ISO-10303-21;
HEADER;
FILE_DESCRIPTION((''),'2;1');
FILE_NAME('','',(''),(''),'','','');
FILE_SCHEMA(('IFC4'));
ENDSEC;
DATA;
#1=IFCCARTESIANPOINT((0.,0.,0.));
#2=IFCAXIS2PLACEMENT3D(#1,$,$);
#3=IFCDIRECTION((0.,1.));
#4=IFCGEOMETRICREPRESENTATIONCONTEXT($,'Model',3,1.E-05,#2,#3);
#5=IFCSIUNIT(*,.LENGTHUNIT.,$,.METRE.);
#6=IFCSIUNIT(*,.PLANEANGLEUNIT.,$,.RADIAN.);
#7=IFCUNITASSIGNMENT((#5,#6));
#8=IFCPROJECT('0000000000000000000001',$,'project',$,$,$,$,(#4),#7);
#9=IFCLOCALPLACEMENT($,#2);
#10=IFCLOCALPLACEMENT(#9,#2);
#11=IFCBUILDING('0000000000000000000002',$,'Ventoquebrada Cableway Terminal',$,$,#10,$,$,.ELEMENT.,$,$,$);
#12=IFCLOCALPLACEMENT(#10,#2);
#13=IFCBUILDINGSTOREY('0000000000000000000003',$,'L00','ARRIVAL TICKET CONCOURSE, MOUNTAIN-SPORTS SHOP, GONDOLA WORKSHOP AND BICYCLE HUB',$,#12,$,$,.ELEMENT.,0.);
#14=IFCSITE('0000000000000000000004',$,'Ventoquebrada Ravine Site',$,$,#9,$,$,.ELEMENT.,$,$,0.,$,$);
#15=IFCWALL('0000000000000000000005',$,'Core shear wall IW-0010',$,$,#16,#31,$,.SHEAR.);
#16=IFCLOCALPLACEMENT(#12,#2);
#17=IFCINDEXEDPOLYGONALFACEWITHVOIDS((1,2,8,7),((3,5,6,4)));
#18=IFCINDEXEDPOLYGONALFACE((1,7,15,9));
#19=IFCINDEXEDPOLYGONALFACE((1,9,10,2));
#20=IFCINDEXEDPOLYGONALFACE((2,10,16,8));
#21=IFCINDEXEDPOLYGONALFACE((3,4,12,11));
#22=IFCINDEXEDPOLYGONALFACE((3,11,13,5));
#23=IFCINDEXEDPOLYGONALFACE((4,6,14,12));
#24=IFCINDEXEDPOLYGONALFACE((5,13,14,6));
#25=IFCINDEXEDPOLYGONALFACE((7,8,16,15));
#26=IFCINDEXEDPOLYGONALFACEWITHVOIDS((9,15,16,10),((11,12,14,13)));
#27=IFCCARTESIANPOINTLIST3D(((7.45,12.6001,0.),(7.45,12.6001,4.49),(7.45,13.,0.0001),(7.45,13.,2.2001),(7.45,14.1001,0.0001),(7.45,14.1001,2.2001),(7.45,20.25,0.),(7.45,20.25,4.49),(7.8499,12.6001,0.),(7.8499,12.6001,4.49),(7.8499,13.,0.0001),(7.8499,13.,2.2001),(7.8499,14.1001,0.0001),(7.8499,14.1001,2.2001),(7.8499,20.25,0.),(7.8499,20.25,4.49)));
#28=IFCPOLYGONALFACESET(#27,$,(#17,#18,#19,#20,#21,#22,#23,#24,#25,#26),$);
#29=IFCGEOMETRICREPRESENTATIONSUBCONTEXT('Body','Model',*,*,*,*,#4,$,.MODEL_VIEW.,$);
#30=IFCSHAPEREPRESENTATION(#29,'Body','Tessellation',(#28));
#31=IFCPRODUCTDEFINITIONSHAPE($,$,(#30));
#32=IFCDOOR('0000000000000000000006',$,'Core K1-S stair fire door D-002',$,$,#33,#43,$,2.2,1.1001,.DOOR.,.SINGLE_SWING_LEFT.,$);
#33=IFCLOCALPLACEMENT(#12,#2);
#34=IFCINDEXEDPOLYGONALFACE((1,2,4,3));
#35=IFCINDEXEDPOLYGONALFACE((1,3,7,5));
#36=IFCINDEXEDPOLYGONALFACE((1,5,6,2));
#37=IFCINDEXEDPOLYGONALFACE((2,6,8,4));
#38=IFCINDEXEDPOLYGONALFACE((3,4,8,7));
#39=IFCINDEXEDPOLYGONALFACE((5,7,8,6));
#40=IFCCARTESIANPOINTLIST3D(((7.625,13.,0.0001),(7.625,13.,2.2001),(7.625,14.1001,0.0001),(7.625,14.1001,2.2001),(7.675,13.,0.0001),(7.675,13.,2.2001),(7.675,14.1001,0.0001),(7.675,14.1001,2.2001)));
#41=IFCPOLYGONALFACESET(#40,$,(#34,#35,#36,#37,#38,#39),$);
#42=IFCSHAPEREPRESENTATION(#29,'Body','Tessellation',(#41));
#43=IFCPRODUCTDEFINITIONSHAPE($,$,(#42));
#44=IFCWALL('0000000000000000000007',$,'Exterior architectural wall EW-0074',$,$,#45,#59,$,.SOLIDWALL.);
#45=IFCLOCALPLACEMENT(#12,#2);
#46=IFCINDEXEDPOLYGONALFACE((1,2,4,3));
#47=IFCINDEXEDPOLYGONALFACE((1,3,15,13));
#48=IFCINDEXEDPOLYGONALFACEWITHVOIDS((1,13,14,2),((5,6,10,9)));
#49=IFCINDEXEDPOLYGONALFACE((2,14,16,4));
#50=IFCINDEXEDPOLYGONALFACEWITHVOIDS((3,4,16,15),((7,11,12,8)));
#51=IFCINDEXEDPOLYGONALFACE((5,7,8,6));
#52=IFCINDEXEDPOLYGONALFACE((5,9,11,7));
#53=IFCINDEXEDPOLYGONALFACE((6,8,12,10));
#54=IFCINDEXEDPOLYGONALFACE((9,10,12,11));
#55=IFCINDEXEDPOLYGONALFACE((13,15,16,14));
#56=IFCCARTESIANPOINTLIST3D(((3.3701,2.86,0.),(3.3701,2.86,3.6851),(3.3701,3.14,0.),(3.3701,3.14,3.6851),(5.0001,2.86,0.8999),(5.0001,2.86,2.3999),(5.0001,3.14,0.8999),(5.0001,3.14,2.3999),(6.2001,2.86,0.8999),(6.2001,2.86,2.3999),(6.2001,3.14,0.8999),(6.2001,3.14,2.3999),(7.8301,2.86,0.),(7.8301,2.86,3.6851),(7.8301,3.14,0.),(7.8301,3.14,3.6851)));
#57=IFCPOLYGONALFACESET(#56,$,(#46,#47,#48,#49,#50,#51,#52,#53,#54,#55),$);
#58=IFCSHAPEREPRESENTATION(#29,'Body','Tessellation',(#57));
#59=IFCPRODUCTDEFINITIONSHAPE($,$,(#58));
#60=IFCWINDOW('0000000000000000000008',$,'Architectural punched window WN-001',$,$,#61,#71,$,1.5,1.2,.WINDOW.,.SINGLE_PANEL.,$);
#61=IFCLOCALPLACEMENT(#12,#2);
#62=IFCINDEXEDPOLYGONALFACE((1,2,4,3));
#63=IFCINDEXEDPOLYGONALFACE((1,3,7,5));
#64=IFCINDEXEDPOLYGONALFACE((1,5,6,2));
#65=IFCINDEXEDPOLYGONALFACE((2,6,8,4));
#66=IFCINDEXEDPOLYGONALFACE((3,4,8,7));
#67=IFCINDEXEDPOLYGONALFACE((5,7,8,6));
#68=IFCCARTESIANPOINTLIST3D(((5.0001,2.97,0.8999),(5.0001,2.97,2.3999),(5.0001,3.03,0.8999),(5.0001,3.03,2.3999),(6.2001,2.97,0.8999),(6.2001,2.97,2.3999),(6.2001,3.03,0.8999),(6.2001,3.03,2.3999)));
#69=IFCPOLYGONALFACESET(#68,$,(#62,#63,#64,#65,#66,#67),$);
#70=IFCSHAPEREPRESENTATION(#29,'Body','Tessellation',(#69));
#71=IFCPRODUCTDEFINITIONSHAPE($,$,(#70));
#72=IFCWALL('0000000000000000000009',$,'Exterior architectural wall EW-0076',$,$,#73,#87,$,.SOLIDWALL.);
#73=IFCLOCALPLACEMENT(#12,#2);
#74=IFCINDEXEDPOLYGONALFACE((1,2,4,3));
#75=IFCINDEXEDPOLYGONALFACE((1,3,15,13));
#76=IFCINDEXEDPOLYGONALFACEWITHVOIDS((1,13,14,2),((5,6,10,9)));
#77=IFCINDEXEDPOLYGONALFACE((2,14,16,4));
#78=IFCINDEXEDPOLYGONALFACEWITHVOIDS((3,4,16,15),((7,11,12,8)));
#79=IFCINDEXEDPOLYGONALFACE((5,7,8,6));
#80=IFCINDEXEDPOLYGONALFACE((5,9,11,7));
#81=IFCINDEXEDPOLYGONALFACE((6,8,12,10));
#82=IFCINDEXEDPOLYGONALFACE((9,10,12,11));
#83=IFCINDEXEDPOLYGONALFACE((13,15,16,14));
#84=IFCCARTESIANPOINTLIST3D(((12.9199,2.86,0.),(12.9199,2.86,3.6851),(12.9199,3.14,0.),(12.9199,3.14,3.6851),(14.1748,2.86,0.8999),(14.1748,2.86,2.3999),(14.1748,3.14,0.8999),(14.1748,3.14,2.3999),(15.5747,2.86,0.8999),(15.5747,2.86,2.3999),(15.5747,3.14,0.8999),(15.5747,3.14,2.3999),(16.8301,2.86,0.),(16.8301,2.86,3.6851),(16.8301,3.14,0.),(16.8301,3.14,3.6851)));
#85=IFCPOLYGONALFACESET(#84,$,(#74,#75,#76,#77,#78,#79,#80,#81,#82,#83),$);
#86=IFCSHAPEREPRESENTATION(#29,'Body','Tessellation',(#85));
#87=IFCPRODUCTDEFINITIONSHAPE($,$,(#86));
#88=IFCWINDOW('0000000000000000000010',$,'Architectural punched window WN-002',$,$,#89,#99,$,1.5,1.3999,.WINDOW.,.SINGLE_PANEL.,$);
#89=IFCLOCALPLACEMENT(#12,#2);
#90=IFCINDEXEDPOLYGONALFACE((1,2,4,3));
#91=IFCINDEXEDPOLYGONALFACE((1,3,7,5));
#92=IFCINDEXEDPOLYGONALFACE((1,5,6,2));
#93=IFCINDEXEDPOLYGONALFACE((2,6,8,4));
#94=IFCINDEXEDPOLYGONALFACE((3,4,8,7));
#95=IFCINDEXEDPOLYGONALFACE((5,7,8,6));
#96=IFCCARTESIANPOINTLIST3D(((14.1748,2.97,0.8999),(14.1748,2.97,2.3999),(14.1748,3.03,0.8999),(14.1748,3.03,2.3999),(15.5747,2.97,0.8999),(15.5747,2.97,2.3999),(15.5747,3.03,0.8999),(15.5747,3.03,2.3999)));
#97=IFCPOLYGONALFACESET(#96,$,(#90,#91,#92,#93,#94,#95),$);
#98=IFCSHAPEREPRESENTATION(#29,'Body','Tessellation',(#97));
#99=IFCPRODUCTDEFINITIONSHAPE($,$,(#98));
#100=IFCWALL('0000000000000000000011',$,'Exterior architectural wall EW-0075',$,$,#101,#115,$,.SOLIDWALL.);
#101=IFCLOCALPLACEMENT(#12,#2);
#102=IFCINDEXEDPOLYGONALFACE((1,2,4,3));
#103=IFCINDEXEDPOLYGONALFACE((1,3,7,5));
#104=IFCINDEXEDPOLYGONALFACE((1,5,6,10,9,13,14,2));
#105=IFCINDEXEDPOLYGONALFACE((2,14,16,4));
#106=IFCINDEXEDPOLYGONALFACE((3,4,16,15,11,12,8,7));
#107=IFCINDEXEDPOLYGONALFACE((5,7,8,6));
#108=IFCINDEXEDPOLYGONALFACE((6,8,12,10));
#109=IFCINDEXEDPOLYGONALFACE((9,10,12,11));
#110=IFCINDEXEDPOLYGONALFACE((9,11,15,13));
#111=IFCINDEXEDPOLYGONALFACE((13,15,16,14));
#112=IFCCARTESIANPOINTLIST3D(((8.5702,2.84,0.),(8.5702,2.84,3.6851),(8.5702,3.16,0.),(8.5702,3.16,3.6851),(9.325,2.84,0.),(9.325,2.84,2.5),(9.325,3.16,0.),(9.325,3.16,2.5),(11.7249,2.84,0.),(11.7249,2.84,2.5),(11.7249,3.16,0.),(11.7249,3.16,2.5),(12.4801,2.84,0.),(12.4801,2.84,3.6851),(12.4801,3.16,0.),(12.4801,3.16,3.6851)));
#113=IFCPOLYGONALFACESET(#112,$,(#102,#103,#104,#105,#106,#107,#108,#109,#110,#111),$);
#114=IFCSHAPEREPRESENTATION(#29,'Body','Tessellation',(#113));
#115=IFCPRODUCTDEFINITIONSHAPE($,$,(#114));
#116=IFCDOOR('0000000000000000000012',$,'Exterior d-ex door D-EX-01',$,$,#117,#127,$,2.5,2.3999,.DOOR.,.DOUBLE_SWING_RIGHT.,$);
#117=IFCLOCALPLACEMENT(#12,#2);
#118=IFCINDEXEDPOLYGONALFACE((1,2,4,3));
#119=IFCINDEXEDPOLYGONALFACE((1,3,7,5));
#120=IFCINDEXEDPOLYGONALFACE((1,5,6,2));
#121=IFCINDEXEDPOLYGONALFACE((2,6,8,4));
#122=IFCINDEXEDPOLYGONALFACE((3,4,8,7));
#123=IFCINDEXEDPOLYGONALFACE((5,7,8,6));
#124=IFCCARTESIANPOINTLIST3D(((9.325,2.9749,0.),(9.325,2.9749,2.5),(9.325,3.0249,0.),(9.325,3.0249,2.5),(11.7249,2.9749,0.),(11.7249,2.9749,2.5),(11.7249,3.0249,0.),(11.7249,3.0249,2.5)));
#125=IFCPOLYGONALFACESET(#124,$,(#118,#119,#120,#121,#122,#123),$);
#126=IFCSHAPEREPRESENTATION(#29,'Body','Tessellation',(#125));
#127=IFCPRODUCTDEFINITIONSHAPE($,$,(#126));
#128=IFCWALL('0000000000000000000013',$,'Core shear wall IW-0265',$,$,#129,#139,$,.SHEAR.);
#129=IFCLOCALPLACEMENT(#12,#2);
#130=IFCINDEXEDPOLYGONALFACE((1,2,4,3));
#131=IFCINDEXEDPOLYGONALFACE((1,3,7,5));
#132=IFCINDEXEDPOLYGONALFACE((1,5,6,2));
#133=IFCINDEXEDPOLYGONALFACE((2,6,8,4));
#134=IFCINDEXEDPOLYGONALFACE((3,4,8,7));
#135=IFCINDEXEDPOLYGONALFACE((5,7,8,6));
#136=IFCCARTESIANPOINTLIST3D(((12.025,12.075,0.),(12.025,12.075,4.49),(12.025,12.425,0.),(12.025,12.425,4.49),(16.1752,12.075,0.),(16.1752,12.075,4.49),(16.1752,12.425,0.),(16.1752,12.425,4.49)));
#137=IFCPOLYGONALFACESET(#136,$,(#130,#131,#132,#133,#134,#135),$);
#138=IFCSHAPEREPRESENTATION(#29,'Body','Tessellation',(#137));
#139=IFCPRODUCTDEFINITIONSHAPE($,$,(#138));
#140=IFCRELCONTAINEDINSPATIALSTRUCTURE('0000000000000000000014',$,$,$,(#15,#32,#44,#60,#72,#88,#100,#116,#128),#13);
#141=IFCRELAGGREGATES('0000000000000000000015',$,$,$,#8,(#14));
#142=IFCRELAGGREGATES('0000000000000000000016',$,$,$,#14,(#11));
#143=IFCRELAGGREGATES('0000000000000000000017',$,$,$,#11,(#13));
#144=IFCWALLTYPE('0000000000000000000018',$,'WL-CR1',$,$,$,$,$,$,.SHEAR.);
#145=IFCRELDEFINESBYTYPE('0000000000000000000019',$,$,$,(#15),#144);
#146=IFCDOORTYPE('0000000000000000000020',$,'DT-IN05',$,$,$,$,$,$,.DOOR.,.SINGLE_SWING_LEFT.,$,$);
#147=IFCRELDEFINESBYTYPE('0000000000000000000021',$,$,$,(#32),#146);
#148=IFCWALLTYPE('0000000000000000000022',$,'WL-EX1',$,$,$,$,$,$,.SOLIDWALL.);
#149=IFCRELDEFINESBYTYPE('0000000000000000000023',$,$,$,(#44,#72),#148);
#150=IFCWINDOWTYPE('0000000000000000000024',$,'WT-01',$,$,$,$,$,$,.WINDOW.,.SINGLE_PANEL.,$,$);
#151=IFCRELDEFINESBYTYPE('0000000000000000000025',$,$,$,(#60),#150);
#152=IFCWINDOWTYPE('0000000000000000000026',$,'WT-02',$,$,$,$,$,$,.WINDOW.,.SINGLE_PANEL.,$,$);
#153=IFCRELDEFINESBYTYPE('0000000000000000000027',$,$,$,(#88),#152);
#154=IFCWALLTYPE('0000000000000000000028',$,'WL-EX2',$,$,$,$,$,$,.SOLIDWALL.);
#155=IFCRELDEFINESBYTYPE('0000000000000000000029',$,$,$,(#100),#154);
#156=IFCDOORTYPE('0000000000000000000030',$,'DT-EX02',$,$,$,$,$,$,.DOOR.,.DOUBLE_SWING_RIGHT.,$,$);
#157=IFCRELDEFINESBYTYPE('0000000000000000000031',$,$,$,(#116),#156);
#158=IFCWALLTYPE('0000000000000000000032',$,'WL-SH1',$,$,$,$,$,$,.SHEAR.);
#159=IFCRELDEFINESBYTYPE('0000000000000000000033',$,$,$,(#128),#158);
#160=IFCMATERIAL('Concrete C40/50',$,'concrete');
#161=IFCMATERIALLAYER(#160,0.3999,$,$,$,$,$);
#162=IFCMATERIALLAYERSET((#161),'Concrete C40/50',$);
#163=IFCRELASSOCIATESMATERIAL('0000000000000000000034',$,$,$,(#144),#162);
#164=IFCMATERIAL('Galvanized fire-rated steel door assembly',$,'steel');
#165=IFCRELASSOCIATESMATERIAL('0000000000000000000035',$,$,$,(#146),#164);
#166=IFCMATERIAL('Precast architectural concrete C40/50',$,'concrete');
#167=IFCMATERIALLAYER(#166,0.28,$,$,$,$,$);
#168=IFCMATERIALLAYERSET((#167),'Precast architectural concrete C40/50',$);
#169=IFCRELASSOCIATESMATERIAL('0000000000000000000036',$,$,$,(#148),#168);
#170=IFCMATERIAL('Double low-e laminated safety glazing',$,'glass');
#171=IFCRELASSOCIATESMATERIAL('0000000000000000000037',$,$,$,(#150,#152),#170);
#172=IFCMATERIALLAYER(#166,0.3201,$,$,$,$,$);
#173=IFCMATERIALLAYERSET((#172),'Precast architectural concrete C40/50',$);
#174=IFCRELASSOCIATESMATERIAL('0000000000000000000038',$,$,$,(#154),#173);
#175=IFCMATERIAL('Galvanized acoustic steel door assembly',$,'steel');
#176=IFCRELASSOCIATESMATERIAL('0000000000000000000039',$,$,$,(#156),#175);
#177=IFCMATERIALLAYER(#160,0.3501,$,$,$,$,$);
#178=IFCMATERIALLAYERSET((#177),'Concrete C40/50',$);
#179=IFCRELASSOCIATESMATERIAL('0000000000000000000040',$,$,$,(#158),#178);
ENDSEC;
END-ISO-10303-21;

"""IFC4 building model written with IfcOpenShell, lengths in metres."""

from ifc_helpers import new_model, si_unit, direction, frame, frame_2d, origin, place, context, subcontext, project, spatial, rectangle, extrude, material, layer, layer_set, type_object, element, fill, save


model = new_model("IFC4")

# Units and contexts
model_context = context("Model", 3, precision=1e-05, world=origin(), true_north=direction((0.0, 1.0)))
body_context = subcontext(model_context, "Body", "Model", "MODEL_VIEW")
ifc_project = project(units=[si_unit("LENGTHUNIT", "METRE"), si_unit("PLANEANGLEUNIT", "RADIAN")], contexts=[model_context])

# Site, building, storey
site_placement = place(None, origin())
site = spatial("IfcSite", under=ifc_project, at=site_placement, Name="Ventoquebrada Ravine Site", CompositionType="ELEMENT", RefElevation=0.0)
building_placement = place(site_placement, origin())
building = spatial("IfcBuilding", under=site, at=building_placement, Name="Ventoquebrada Cableway Terminal", CompositionType="ELEMENT")
storey_placement = place(building_placement, origin())
storey = spatial("IfcBuildingStorey", under=building, at=storey_placement, Name="L00", Description="ARRIVAL TICKET CONCOURSE, MOUNTAIN-SPORTS SHOP, GONDOLA WORKSHOP AND BICYCLE HUB", CompositionType="ELEMENT", Elevation=0.0)

# Shared definitions
ifc_material_1 = material(Name="Concrete C40/50", Category="concrete")

# Shared definitions
ifc_layer_1 = layer(ifc_material_1, 0.3999)
ifc_layer_set_1 = layer_set([ifc_layer_1], Name="Concrete C40/50")
wall_type_1 = type_object("IfcWallType", Name="WL-CR1", PredefinedType="SHEAR", material=ifc_layer_set_1)

# Wall, opening, door
wall_1_placement = place(storey_placement, frame((7.6499, 12.6001, 0.0), z_axis=(0.0, 0.0, 1.0), x_axis=(0.0, 1.0, 0.0)))
wall_1 = element("IfcWall", 1, at=wall_1_placement, inside=storey, type_object=wall_type_1, Name="Core shear wall IW-0010", PredefinedType="SHEAR", context=body_context, shape_type="SweptSolid", body=[
    extrude(rectangle(XDim=7.6499, YDim=0.3999, at=frame_2d((3.825, 0.0))), origin(), (0.0, 0.0, 1.0), 4.49),
])
opening_1_placement = place(wall_1_placement, frame((0.3999, 0.0, 0.0)))
opening_1 = element("IfcOpeningElement", 2, at=opening_1_placement, cuts=wall_1, PredefinedType="OPENING", context=body_context, shape_type="SweptSolid", body=[
    extrude(rectangle(XDim=1.1001, YDim=2.2, at=frame_2d((0.55, 1.1001))), frame((0.0, 0.21, 0.0), z_axis=(0.0, -1.0, 0.0), x_axis=(1.0, 0.0, 0.0)), (0.0, 0.0, 1.0), 0.4199),
])
ifc_material_2 = material(Name="Galvanized fire-rated steel door assembly", Category="steel")
door_type_1 = type_object("IfcDoorType", Name="DT-IN05", OperationType="SINGLE_SWING_LEFT", PredefinedType="DOOR", material=ifc_material_2)
door_1_placement = place(opening_1_placement, origin())
door_1 = element("IfcDoor", 3, at=door_1_placement, inside=storey, type_object=door_type_1, Name="Core K1-S stair fire door D-002", OperationType="SINGLE_SWING_LEFT", OverallHeight=2.2, OverallWidth=1.1001, PredefinedType="DOOR", context=body_context, shape_type="SweptSolid", body=[
    extrude(rectangle(XDim=1.1001, YDim=2.2, at=frame_2d((0.55, 1.1001))), frame((0.0, 0.0249, 0.0), z_axis=(0.0, -1.0, 0.0), x_axis=(1.0, 0.0, 0.0)), (0.0, 0.0, 1.0), 0.05),
])
fill(opening_1, door_1)

# Walls, openings, windows
ifc_material_3 = material(Name="Precast architectural concrete C40/50", Category="concrete")
ifc_layer_2 = layer(ifc_material_3, 0.28)
ifc_layer_set_2 = layer_set([ifc_layer_2], Name="Precast architectural concrete C40/50")
wall_type_2 = type_object("IfcWallType", Name="WL-EX1", PredefinedType="SOLIDWALL", material=ifc_layer_set_2)
wall_2_placement = place(storey_placement, frame((3.3701, 3.0, 0.0), z_axis=(0.0, 0.0, 1.0), x_axis=(1.0, 0.0, 0.0)))
wall_2 = element("IfcWall", 4, at=wall_2_placement, inside=storey, type_object=wall_type_2, Name="Exterior architectural wall EW-0074", PredefinedType="SOLIDWALL", context=body_context, shape_type="SweptSolid", body=[
    extrude(rectangle(XDim=4.46, YDim=0.28, at=frame_2d((2.23, 0.0))), origin(), (0.0, 0.0, 1.0), 3.6851),
])
opening_2_placement = place(wall_2_placement, frame((1.6299, 0.0, 0.8999)))
opening_2 = element("IfcOpeningElement", 5, at=opening_2_placement, cuts=wall_2, PredefinedType="OPENING", context=body_context, shape_type="SweptSolid", body=[
    extrude(rectangle(XDim=1.2, YDim=1.5, at=frame_2d((0.6001, 0.75))), frame((0.0, 0.1499, 0.0), z_axis=(0.0, -1.0, 0.0), x_axis=(1.0, 0.0, 0.0)), (0.0, 0.0, 1.0), 0.3),
])
ifc_material_4 = material(Name="Double low-e laminated safety glazing", Category="glass")
window_type_1 = type_object("IfcWindowType", Name="WT-01", PartitioningType="SINGLE_PANEL", PredefinedType="WINDOW", material=ifc_material_4)
window_1_placement = place(opening_2_placement, origin())
window_1 = element("IfcWindow", 6, at=window_1_placement, inside=storey, type_object=window_type_1, Name="Architectural punched window WN-001", OverallHeight=1.5, OverallWidth=1.2, PartitioningType="SINGLE_PANEL", PredefinedType="WINDOW", context=body_context, shape_type="SweptSolid", body=[
    extrude(rectangle(XDim=1.2, YDim=1.5, at=frame_2d((0.6001, 0.75))), frame((0.0, 0.03, 0.0), z_axis=(0.0, -1.0, 0.0), x_axis=(1.0, 0.0, 0.0)), (0.0, 0.0, 1.0), 0.0601),
])
fill(opening_2, window_1)
wall_3_placement = place(storey_placement, frame((12.9199, 3.0, 0.0), z_axis=(0.0, 0.0, 1.0), x_axis=(1.0, 0.0, 0.0)))
wall_3 = element("IfcWall", 7, at=wall_3_placement, inside=storey, type_object=wall_type_2, Name="Exterior architectural wall EW-0076", PredefinedType="SOLIDWALL", context=body_context, shape_type="SweptSolid", body=[
    extrude(rectangle(XDim=3.9102, YDim=0.28, at=frame_2d((1.9551, 0.0))), origin(), (0.0, 0.0, 1.0), 3.6851),
])
opening_3_placement = place(wall_3_placement, frame((1.2549, 0.0, 0.8999)))
opening_3 = element("IfcOpeningElement", 8, at=opening_3_placement, cuts=wall_3, PredefinedType="OPENING", context=body_context, shape_type="SweptSolid", body=[
    extrude(rectangle(XDim=1.3999, YDim=1.5, at=frame_2d((0.7, 0.75))), frame((0.0, 0.1499, 0.0), z_axis=(0.0, -1.0, 0.0), x_axis=(1.0, 0.0, 0.0)), (0.0, 0.0, 1.0), 0.3),
])
window_type_2 = type_object("IfcWindowType", Name="WT-02", PartitioningType="SINGLE_PANEL", PredefinedType="WINDOW", material=ifc_material_4)
window_2_placement = place(opening_3_placement, origin())
window_2 = element("IfcWindow", 9, at=window_2_placement, inside=storey, type_object=window_type_2, Name="Architectural punched window WN-002", OverallHeight=1.5, OverallWidth=1.3999, PartitioningType="SINGLE_PANEL", PredefinedType="WINDOW", context=body_context, shape_type="SweptSolid", body=[
    extrude(rectangle(XDim=1.3999, YDim=1.5, at=frame_2d((0.7, 0.75))), frame((0.0, 0.03, 0.0), z_axis=(0.0, -1.0, 0.0), x_axis=(1.0, 0.0, 0.0)), (0.0, 0.0, 1.0), 0.0601),
])
fill(opening_3, window_2)

# Wall, opening, door
ifc_layer_3 = layer(ifc_material_3, 0.3201)
ifc_layer_set_3 = layer_set([ifc_layer_3], Name="Precast architectural concrete C40/50")
wall_type_3 = type_object("IfcWallType", Name="WL-EX2", PredefinedType="SOLIDWALL", material=ifc_layer_set_3)
wall_4_placement = place(storey_placement, frame((8.5701, 3.0, 0.0), z_axis=(0.0, 0.0, 1.0), x_axis=(1.0, 0.0, 0.0)))
wall_4 = element("IfcWall", 10, at=wall_4_placement, inside=storey, type_object=wall_type_3, Name="Exterior architectural wall EW-0075", PredefinedType="SOLIDWALL", context=body_context, shape_type="SweptSolid", body=[
    extrude(rectangle(XDim=3.9099, YDim=0.3201, at=frame_2d((1.9551, 0.0))), origin(), (0.0, 0.0, 1.0), 3.6851),
])
opening_4_placement = place(wall_4_placement, frame((0.7549, 0.0, 0.0)))
opening_4 = element("IfcOpeningElement", 11, at=opening_4_placement, cuts=wall_4, PredefinedType="OPENING", context=body_context, shape_type="SweptSolid", body=[
    extrude(rectangle(XDim=2.3999, YDim=2.5, at=frame_2d((1.2, 1.25))), frame((0.0, 0.1699, 0.0), z_axis=(0.0, -1.0, 0.0), x_axis=(1.0, 0.0, 0.0)), (0.0, 0.0, 1.0), 0.3401),
])
ifc_material_5 = material(Name="Galvanized acoustic steel door assembly", Category="steel")
door_type_2 = type_object("IfcDoorType", Name="DT-EX02", OperationType="DOUBLE_SWING_RIGHT", PredefinedType="DOOR", material=ifc_material_5)
door_2_placement = place(opening_4_placement, origin())
door_2 = element("IfcDoor", 12, at=door_2_placement, inside=storey, type_object=door_type_2, Name="Exterior d-ex door D-EX-01", OperationType="DOUBLE_SWING_RIGHT", OverallHeight=2.5, OverallWidth=2.3999, PredefinedType="DOOR", context=body_context, shape_type="SweptSolid", body=[
    extrude(rectangle(XDim=2.3999, YDim=2.5, at=frame_2d((1.2, 1.25))), frame((0.0, 0.0249, 0.0), z_axis=(0.0, -1.0, 0.0), x_axis=(1.0, 0.0, 0.0)), (0.0, 0.0, 1.0), 0.05),
])
fill(opening_4, door_2)

# Wall
ifc_layer_4 = layer(ifc_material_1, 0.3501)
ifc_layer_set_4 = layer_set([ifc_layer_4], Name="Concrete C40/50")
wall_type_4 = type_object("IfcWallType", Name="WL-SH1", PredefinedType="SHEAR", material=ifc_layer_set_4)
wall_5_placement = place(storey_placement, frame((12.0249, 12.25, 0.0), z_axis=(0.0, 0.0, 1.0), x_axis=(1.0, 0.0, 0.0)))
element("IfcWall", 13, at=wall_5_placement, inside=storey, type_object=wall_type_4, Name="Core shear wall IW-0265", PredefinedType="SHEAR", context=body_context, shape_type="SweptSolid", body=[
    extrude(rectangle(XDim=4.1501, YDim=0.3501, at=frame_2d((2.0752, 0.0))), origin(), (0.0, 0.0, 1.0), 4.49),
])

save(model, "model.ifc")
